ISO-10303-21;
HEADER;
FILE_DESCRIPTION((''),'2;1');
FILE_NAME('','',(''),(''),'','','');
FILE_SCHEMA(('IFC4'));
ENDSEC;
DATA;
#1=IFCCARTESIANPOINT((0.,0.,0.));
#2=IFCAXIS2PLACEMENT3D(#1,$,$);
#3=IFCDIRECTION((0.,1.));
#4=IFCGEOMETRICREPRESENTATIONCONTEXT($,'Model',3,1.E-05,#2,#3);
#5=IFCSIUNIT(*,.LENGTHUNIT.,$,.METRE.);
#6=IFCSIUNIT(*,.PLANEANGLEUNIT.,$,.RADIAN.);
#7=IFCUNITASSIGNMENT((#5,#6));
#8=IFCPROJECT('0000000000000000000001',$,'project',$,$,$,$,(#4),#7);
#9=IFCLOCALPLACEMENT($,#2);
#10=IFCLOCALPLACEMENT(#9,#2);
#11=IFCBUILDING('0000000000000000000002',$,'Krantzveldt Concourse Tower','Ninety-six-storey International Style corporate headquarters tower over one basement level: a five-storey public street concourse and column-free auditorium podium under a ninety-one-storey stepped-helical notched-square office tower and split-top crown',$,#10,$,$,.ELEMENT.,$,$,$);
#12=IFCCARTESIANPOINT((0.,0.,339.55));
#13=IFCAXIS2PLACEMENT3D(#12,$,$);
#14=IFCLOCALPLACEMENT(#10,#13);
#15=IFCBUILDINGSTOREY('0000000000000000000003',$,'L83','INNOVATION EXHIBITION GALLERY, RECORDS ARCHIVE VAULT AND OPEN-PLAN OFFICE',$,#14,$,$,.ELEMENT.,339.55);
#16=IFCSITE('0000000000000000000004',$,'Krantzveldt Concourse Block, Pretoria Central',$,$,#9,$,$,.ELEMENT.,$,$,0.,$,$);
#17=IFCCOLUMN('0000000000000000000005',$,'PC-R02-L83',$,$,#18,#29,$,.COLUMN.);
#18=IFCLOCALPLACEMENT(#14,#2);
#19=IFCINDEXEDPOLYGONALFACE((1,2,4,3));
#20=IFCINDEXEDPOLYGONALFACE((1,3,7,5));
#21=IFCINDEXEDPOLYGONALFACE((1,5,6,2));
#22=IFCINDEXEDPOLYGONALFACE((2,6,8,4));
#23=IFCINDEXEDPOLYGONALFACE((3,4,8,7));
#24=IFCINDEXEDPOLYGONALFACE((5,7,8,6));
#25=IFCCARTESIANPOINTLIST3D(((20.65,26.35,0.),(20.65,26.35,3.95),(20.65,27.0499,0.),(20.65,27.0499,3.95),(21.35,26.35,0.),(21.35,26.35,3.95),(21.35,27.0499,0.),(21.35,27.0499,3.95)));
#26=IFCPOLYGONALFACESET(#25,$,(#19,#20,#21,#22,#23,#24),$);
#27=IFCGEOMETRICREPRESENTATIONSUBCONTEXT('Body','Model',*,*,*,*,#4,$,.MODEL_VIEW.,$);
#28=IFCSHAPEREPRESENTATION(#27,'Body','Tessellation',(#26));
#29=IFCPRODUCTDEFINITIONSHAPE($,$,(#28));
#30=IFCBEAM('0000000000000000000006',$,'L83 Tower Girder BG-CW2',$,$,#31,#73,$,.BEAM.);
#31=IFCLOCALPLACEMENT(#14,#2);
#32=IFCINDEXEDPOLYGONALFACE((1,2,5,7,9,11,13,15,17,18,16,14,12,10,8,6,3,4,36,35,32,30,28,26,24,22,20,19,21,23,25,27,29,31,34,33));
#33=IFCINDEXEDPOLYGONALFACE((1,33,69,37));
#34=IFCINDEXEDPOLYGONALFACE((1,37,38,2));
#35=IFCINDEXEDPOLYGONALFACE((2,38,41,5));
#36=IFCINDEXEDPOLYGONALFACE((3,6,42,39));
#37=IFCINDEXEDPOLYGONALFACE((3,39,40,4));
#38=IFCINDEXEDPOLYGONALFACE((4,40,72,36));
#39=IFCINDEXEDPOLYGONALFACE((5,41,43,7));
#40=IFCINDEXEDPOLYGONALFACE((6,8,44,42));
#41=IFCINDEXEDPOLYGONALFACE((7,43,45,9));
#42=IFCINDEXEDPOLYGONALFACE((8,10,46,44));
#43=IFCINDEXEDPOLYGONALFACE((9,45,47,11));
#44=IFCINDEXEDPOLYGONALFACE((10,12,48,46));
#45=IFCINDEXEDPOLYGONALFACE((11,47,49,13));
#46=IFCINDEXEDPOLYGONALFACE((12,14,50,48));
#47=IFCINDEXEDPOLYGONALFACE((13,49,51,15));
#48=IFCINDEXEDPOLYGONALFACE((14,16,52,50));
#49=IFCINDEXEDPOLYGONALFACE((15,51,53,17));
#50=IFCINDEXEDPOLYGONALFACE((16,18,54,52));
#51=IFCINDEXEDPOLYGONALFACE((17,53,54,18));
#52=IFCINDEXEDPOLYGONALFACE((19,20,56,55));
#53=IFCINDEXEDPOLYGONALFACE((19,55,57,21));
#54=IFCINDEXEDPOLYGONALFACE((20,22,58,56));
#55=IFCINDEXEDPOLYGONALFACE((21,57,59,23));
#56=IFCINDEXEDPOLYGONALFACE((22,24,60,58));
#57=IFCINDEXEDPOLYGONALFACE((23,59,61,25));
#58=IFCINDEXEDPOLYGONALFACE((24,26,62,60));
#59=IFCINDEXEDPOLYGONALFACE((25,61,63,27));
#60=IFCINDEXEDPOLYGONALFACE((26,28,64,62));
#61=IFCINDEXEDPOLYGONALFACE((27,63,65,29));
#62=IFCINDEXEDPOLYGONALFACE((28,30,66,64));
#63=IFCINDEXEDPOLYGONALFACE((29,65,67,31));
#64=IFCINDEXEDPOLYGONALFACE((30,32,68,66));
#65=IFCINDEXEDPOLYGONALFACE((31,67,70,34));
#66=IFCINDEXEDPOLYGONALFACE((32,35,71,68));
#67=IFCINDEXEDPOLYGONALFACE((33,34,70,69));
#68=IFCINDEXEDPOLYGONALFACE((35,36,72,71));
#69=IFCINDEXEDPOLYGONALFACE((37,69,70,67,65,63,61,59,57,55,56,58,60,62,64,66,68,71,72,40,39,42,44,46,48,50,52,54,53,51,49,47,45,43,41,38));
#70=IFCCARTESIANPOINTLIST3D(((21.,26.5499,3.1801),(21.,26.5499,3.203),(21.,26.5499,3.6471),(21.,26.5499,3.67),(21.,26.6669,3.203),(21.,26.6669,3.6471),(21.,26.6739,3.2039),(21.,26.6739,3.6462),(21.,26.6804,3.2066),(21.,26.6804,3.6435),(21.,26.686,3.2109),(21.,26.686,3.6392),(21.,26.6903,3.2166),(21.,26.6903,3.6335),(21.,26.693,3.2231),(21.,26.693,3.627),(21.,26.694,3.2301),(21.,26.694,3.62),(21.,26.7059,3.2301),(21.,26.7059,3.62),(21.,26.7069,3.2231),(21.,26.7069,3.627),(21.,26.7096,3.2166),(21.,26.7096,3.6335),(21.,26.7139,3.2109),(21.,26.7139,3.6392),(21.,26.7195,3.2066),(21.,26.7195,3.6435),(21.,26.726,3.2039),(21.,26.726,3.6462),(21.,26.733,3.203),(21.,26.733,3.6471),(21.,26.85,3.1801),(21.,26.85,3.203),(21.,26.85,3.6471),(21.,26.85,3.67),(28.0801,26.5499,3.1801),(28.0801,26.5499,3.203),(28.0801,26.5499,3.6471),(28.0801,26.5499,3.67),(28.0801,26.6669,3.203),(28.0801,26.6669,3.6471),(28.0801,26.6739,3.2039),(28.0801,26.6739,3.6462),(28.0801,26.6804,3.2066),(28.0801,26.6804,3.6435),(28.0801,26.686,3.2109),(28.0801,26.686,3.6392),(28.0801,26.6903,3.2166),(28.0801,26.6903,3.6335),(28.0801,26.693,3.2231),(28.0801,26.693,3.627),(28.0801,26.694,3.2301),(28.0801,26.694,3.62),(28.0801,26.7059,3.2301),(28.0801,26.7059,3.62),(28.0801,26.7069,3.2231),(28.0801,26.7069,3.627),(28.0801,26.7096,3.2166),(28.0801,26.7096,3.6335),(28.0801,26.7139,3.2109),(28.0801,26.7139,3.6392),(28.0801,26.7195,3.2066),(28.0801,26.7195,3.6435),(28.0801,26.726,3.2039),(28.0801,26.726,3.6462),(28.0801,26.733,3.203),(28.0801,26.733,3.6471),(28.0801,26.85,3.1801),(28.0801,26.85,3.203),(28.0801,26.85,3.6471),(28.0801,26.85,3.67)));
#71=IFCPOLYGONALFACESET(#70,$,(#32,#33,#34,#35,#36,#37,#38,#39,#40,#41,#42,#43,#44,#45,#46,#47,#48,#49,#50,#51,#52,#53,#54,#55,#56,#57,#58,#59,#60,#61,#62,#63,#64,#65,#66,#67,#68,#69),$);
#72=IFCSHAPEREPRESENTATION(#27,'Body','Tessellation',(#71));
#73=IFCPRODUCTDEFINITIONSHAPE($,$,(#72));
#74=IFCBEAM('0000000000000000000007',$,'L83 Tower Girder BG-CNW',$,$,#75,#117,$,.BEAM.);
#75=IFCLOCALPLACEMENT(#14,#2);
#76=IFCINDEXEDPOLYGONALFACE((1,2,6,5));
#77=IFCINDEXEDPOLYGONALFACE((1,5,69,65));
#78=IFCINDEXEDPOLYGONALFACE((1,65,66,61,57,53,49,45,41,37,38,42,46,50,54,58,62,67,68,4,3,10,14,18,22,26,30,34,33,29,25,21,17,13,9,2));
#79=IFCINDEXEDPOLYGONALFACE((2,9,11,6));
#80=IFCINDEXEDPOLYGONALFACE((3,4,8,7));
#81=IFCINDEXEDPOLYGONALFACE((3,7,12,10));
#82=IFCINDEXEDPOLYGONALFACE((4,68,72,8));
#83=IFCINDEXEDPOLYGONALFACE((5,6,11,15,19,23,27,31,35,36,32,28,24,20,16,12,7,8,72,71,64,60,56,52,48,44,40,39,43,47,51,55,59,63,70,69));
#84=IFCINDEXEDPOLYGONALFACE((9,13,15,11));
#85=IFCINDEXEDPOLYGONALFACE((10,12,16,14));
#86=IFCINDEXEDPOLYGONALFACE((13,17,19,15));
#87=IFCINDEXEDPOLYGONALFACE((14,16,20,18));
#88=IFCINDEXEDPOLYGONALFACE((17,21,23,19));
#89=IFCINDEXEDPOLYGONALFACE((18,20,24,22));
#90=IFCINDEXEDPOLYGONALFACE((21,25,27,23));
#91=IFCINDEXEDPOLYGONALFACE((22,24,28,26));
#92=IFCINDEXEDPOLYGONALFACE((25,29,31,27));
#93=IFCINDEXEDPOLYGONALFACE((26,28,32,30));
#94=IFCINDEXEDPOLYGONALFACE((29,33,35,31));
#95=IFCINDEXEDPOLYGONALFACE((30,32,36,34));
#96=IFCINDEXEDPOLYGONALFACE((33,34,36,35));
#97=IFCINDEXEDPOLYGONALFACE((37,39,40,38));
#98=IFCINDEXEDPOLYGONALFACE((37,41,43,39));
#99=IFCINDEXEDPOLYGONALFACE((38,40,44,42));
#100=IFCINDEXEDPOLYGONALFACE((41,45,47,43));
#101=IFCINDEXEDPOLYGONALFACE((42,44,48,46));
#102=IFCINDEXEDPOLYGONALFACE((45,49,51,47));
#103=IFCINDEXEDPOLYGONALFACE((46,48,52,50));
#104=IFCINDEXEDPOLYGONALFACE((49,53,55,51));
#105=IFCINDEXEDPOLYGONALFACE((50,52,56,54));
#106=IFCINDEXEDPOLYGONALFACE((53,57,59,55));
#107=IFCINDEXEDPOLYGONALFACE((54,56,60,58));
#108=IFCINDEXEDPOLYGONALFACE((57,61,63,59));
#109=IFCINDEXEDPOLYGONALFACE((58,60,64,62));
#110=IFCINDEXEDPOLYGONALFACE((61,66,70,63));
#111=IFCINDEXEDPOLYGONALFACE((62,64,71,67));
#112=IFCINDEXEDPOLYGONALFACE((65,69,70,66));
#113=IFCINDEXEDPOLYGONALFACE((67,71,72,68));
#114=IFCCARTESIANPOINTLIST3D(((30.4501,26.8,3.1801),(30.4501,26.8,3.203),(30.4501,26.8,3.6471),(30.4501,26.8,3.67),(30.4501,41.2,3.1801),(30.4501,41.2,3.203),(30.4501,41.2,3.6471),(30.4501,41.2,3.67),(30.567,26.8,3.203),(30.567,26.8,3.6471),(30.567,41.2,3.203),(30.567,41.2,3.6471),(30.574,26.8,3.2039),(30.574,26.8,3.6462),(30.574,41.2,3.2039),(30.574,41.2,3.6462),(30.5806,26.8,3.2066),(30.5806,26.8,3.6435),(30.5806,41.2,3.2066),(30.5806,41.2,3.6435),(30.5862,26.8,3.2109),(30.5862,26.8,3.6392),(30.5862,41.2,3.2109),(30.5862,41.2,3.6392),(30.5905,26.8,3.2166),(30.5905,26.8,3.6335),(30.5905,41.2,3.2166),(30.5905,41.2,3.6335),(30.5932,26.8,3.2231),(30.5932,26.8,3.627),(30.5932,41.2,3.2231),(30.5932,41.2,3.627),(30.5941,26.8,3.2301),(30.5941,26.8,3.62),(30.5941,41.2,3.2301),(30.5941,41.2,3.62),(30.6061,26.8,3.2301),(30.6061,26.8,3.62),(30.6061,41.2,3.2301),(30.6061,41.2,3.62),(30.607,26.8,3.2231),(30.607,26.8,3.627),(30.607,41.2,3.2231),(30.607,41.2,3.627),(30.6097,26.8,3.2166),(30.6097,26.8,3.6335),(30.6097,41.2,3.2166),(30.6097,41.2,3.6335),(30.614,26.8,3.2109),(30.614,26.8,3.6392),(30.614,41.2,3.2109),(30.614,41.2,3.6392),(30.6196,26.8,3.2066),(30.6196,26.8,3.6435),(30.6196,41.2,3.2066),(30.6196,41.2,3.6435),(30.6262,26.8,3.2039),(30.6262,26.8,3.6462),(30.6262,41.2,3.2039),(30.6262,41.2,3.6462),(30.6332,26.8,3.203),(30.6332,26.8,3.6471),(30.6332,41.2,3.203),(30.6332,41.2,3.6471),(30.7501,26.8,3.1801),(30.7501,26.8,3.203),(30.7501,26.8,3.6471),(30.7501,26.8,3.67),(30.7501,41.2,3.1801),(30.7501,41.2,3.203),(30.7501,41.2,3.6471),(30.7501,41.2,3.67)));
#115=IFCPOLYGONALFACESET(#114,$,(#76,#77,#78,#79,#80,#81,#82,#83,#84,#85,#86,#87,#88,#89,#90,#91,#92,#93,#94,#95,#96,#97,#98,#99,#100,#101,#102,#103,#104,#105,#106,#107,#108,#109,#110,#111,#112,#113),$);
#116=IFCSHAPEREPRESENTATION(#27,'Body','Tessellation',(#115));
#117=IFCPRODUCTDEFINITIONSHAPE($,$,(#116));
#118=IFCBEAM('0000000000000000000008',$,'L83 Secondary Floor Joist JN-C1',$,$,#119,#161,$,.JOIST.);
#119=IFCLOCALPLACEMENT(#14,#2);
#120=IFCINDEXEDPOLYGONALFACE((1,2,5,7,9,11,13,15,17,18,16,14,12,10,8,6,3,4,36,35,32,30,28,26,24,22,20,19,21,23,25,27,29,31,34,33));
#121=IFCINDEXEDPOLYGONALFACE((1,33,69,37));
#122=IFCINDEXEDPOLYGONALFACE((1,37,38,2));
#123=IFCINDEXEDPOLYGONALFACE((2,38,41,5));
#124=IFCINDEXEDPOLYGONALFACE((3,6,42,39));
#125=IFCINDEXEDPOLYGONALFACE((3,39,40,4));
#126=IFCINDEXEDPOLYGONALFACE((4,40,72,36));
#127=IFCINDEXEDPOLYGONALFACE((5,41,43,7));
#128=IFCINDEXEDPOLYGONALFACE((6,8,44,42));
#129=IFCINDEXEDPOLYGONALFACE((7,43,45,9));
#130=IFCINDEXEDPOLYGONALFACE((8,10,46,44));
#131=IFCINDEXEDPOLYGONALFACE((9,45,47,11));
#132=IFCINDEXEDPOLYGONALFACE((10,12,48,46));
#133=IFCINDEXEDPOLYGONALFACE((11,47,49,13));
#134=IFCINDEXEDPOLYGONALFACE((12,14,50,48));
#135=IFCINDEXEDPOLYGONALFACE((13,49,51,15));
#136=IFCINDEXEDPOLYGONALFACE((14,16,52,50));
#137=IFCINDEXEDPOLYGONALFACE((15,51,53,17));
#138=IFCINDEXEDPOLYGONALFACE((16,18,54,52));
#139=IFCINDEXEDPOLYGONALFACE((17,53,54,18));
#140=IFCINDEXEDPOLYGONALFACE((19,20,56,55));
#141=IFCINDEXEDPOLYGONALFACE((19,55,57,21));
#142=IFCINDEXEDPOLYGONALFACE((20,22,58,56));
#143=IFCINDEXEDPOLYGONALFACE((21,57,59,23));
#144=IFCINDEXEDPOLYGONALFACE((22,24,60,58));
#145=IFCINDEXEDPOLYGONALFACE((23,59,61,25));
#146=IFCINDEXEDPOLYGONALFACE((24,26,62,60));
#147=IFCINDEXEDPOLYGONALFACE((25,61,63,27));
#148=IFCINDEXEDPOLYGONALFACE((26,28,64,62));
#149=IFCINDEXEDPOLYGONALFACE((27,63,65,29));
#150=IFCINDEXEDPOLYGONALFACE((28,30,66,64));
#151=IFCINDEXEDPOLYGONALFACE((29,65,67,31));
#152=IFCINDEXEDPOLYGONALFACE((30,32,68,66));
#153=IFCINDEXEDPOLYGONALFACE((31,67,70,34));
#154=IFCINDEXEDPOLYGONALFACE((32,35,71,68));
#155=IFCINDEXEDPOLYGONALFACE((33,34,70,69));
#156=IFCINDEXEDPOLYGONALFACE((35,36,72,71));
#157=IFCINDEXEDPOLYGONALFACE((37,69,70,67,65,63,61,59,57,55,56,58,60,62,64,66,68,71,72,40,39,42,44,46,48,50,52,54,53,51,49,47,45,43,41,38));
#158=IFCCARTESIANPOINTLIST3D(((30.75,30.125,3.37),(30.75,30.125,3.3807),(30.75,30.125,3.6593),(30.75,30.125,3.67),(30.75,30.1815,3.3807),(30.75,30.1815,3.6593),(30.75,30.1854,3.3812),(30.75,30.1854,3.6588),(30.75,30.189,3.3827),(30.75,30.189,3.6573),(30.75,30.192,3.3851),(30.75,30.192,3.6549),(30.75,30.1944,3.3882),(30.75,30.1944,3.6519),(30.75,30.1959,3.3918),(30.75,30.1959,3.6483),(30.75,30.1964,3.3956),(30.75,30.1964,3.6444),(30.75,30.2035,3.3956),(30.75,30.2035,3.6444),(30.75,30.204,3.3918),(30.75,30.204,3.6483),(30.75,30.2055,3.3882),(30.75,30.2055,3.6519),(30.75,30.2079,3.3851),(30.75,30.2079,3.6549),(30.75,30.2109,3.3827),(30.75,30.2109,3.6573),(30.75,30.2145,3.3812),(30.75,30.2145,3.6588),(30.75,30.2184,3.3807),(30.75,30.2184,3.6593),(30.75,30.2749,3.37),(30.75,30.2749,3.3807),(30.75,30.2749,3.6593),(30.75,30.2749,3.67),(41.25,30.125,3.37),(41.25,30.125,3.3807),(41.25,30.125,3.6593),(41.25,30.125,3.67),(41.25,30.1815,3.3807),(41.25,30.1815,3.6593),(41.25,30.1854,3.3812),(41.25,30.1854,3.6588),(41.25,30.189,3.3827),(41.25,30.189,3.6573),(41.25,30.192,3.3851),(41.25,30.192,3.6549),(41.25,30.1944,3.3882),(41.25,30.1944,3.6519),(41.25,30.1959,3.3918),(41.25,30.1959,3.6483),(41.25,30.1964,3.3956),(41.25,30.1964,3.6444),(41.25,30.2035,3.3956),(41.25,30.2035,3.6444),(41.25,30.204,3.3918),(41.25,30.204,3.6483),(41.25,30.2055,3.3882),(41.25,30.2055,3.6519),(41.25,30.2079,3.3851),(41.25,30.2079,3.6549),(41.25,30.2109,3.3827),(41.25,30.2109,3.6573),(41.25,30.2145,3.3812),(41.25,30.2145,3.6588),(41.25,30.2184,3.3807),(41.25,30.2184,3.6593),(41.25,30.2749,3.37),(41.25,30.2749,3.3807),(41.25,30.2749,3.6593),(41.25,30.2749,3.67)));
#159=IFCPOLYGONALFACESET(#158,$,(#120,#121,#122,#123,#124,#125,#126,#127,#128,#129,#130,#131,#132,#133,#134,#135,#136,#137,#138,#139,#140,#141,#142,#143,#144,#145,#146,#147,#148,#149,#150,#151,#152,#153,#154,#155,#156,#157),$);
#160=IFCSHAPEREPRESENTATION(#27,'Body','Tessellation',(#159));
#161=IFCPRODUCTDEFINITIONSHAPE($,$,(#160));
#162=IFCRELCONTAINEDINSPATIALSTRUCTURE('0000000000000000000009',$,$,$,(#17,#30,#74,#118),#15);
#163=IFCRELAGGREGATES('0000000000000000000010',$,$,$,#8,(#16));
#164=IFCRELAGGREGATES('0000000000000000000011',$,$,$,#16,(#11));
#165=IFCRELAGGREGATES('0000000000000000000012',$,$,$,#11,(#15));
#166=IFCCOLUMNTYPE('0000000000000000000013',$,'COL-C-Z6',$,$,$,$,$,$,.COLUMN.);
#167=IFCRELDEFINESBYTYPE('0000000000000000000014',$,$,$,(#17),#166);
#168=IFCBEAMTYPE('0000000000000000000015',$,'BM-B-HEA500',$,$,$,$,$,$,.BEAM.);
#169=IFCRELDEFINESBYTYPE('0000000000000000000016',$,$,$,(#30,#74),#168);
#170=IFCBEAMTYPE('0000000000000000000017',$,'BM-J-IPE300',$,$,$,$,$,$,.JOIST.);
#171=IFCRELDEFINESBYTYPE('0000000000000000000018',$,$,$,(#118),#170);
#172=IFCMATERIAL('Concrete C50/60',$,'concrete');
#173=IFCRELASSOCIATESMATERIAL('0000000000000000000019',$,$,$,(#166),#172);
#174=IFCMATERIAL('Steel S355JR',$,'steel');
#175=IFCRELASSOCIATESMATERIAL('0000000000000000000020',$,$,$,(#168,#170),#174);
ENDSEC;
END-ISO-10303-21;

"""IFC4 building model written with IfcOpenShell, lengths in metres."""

from ifc_helpers import new_model, si_unit, direction, frame, origin, origin_2d, place, context, subcontext, project, spatial, rectangle, i_section, extrude, source, transform, mapped, material, material_profile, profile_set, type_object, type_shapes, element, save


model = new_model("IFC4")

# Units and contexts
model_context = context("Model", 3, precision=1e-05, world=origin(), true_north=direction((0.0, 1.0)))
body_context = subcontext(model_context, "Body", "Model", "MODEL_VIEW")
ifc_project = project(units=[si_unit("LENGTHUNIT", "METRE"), si_unit("PLANEANGLEUNIT", "RADIAN")], contexts=[model_context])

# Site, building, storey
site_placement = place(None, origin())
site = spatial("IfcSite", under=ifc_project, at=site_placement, Name="Krantzveldt Concourse Block, Pretoria Central", CompositionType="ELEMENT", RefElevation=0.0)
building_placement = place(site_placement, origin())
building = spatial("IfcBuilding", under=site, at=building_placement, Name="Krantzveldt Concourse Tower", Description="Ninety-six-storey International Style corporate headquarters tower over one basement level: a five-storey public street concourse and column-free auditorium podium under a ninety-one-storey stepped-helical notched-square office tower and split-top crown", CompositionType="ELEMENT")
storey_placement = place(building_placement, frame((0.0, 0.0, 339.55)))
storey = spatial("IfcBuildingStorey", under=building, at=storey_placement, Name="L83", Description="INNOVATION EXHIBITION GALLERY, RECORDS ARCHIVE VAULT AND OPEN-PLAN OFFICE", CompositionType="ELEMENT", Elevation=339.55)

# Column
ifc_material_1 = material(Name="Concrete C50/60", Category="concrete")
ifc_material_profile_1 = material_profile(ifc_material_1, rectangle(XDim=0.7, YDim=0.7, at=origin_2d()), Name="Concrete C50/60", Category="concrete")
ifc_profile_set_1 = profile_set([ifc_material_profile_1], Name="Concrete C50/60 - RC 700x700")
column_type = type_object("IfcColumnType", Name="COL-C-Z6", PredefinedType="COLUMN", material=ifc_profile_set_1)
shared_shape_1 = source(origin(), body_context, "Body", "SweptSolid", [
    extrude(rectangle(XDim=0.7, YDim=0.7, at=origin_2d()), origin(), (0.0, 0.0, 1.0), 3.95),
])
type_shapes(column_type, [shared_shape_1])
column_placement = place(storey_placement, frame((21.0, 26.7, 0.0), z_axis=(0.0, 0.0, 1.0), x_axis=(1.0, 0.0, 0.0)))
element("IfcColumn", 1, at=column_placement, inside=storey, type_object=column_type, Name="PC-R02-L83", PredefinedType="COLUMN", context=body_context, shape_type="MappedRepresentation", body=[
    mapped(shared_shape_1, transform((0.0, 0.0, 0.0), x_axis=(1.0, 0.0, 0.0), y_axis=(0.0, 1.0, 0.0), z_axis=(0.0, 0.0, 1.0), scale=1.0)),
])

# Beams
ifc_material_2 = material(Name="Steel S355JR", Category="steel")
ifc_material_profile_2 = material_profile(ifc_material_2, i_section(OverallWidth=0.3, OverallDepth=0.49, WebThickness=0.012, FlangeThickness=0.0229, FilletRadius=0.0271, at=origin_2d()), Name="Steel S355JR", Category="steel")
ifc_profile_set_2 = profile_set([ifc_material_profile_2], Name="Steel S355JR - HEA 500")
beam_type_1 = type_object("IfcBeamType", Name="BM-B-HEA500", PredefinedType="BEAM", material=ifc_profile_set_2)
shared_shape_2 = source(origin(), body_context, "Body", "SweptSolid", [
    extrude(i_section(OverallWidth=0.3, OverallDepth=0.49, WebThickness=0.012, FlangeThickness=0.0229, FilletRadius=0.0271, at=origin_2d()), origin(), (0.0, 0.0, 1.0), 7.0801),
])
beam_1_placement = place(storey_placement, frame((21.0, 26.7, 3.425), z_axis=(1.0, 0.0, 0.0), x_axis=(0.0, 1.0, 0.0)))
element("IfcBeam", 2, at=beam_1_placement, inside=storey, type_object=beam_type_1, Name="L83 Tower Girder BG-CW2", PredefinedType="BEAM", context=body_context, shape_type="MappedRepresentation", body=[
    mapped(shared_shape_2, transform((0.0, 0.0, 0.0), x_axis=(1.0, 0.0, 0.0), y_axis=(0.0, 1.0, 0.0), z_axis=(0.0, 0.0, 1.0), scale=1.0)),
])
shared_shape_3 = source(origin(), body_context, "Body", "SweptSolid", [
    extrude(i_section(OverallWidth=0.3, OverallDepth=0.49, WebThickness=0.012, FlangeThickness=0.0229, FilletRadius=0.0271, at=origin_2d()), origin(), (0.0, 0.0, 1.0), 14.3999),
])
type_shapes(beam_type_1, [shared_shape_2, shared_shape_3])
beam_2_placement = place(storey_placement, frame((30.6001, 26.8, 3.425), z_axis=(0.0, 1.0, 0.0), x_axis=(-1.0, 0.0, 0.0)))
element("IfcBeam", 3, at=beam_2_placement, inside=storey, type_object=beam_type_1, Name="L83 Tower Girder BG-CNW", PredefinedType="BEAM", context=body_context, shape_type="MappedRepresentation", body=[
    mapped(shared_shape_3, transform((0.0, 0.0, 0.0), x_axis=(1.0, 0.0, 0.0), y_axis=(0.0, 1.0, 0.0), z_axis=(0.0, 0.0, 1.0), scale=1.0)),
])
ifc_material_profile_3 = material_profile(ifc_material_2, i_section(OverallWidth=0.1499, OverallDepth=0.3, WebThickness=0.0071, FlangeThickness=0.0107, FilletRadius=0.0149, at=origin_2d()), Name="Steel S355JR", Category="steel")
ifc_profile_set_3 = profile_set([ifc_material_profile_3], Name="Steel S355JR - IPE 300")
beam_type_2 = type_object("IfcBeamType", Name="BM-J-IPE300", PredefinedType="JOIST", material=ifc_profile_set_3)
shared_shape_4 = source(origin(), body_context, "Body", "SweptSolid", [
    extrude(i_section(OverallWidth=0.1499, OverallDepth=0.3, WebThickness=0.0071, FlangeThickness=0.0107, FilletRadius=0.0149, at=origin_2d()), origin(), (0.0, 0.0, 1.0), 10.5),
])
beam_3_placement = place(storey_placement, frame((30.75, 30.2, 3.52), z_axis=(1.0, 0.0, 0.0), x_axis=(0.0, 1.0, 0.0)))
element("IfcBeam", 4, at=beam_3_placement, inside=storey, type_object=beam_type_2, Name="L83 Secondary Floor Joist JN-C1", PredefinedType="JOIST", context=body_context, shape_type="MappedRepresentation", body=[
    mapped(shared_shape_4, transform((0.0, 0.0, 0.0), x_axis=(1.0, 0.0, 0.0), y_axis=(0.0, 1.0, 0.0), z_axis=(0.0, 0.0, 1.0), scale=1.0)),
])

save(model, "model.ifc")
